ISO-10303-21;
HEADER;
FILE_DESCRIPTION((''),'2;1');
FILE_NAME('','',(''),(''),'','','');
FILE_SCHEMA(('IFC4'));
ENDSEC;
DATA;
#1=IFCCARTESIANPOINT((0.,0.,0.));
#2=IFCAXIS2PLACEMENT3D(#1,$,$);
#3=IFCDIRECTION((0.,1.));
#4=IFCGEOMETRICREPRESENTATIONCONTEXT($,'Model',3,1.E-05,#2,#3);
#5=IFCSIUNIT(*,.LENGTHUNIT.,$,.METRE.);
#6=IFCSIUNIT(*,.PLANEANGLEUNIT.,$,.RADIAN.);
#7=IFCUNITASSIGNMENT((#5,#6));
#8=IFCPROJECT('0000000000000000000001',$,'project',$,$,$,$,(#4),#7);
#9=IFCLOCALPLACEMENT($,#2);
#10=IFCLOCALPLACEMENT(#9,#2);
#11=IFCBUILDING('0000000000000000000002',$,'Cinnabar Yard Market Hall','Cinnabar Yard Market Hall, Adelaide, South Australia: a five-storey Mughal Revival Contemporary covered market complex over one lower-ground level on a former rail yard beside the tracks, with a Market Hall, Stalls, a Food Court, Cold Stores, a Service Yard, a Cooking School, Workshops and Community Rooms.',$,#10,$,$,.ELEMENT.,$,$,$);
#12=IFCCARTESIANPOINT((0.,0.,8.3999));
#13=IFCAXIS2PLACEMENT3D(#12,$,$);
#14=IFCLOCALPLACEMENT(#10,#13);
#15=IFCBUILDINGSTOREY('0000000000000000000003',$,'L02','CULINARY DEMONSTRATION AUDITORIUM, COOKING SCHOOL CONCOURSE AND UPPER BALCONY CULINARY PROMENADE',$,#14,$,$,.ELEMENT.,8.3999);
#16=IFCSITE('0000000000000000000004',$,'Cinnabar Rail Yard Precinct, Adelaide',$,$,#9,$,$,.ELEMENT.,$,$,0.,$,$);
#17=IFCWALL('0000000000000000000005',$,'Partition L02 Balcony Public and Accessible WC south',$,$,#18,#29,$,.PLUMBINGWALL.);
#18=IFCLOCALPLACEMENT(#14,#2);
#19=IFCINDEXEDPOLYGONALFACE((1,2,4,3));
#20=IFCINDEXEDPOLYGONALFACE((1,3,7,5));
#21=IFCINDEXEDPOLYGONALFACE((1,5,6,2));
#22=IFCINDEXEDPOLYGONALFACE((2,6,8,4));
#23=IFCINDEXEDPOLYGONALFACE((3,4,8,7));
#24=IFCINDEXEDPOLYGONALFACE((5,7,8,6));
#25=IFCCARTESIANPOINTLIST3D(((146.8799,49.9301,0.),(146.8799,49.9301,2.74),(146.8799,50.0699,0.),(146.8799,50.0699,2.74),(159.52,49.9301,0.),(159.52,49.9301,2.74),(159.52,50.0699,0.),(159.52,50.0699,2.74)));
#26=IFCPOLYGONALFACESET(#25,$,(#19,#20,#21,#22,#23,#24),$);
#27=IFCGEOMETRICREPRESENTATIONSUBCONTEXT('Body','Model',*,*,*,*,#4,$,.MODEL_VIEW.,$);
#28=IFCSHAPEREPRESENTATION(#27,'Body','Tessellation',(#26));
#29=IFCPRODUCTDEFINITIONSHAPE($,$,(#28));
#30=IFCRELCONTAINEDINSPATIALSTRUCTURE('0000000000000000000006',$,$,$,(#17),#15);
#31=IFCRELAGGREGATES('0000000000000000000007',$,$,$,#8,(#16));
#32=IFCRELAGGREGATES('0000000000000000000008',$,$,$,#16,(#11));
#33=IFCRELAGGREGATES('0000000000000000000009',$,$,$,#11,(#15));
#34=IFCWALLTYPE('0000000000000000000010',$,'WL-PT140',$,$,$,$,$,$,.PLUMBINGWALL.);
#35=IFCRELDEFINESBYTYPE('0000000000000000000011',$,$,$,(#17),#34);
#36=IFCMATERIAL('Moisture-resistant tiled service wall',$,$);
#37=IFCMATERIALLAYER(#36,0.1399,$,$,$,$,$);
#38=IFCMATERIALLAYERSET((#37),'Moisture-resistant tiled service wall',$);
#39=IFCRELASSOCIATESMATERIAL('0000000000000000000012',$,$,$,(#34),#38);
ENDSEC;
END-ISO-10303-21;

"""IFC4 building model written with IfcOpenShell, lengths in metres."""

from ifc_helpers import new_model, si_unit, direction, frame, frame_2d, origin, place, context, subcontext, project, spatial, rectangle, extrude, material, layer, layer_set, type_object, element, save


model = new_model("IFC4")

# Units and contexts
model_context = context("Model", 3, precision=1e-05, world=origin(), true_north=direction((0.0, 1.0)))
body_context = subcontext(model_context, "Body", "Model", "MODEL_VIEW")
ifc_project = project(units=[si_unit("LENGTHUNIT", "METRE"), si_unit("PLANEANGLEUNIT", "RADIAN")], contexts=[model_context])

# Site, building, storey
site_placement = place(None, origin())
site = spatial("IfcSite", under=ifc_project, at=site_placement, Name="Cinnabar Rail Yard Precinct, Adelaide", CompositionType="ELEMENT", RefElevation=0.0)
building_placement = place(site_placement, origin())
building = spatial("IfcBuilding", under=site, at=building_placement, Name="Cinnabar Yard Market Hall", Description="Cinnabar Yard Market Hall, Adelaide, South Australia: a five-storey Mughal Revival Contemporary covered market complex over one lower-ground level on a former rail yard beside the tracks, with a Market Hall, Stalls, a Food Court, Cold Stores, a Service Yard, a Cooking School, Workshops and Community Rooms.", CompositionType="ELEMENT")
storey_placement = place(building_placement, frame((0.0, 0.0, 8.3999)))
storey = spatial("IfcBuildingStorey", under=building, at=storey_placement, Name="L02", Description="CULINARY DEMONSTRATION AUDITORIUM, COOKING SCHOOL CONCOURSE AND UPPER BALCONY CULINARY PROMENADE", CompositionType="ELEMENT", Elevation=8.3999)

# Wall
ifc_material_1 = material(Name="Moisture-resistant tiled service wall")
ifc_layer_1 = layer(ifc_material_1, 0.1399)
ifc_layer_set_1 = layer_set([ifc_layer_1], Name="Moisture-resistant tiled service wall")
wall_type_1 = type_object("IfcWallType", Name="WL-PT140", PredefinedType="PLUMBINGWALL", material=ifc_layer_set_1)
wall_1_placement = place(storey_placement, frame((146.8799, 50.0, 0.0), z_axis=(0.0, 0.0, 1.0), x_axis=(1.0, 0.0, 0.0)))
element("IfcWall", 1, at=wall_1_placement, inside=storey, type_object=wall_type_1, Name="Partition L02 Balcony Public and Accessible WC south", PredefinedType="PLUMBINGWALL", context=body_context, shape_type="SweptSolid", body=[
    extrude(rectangle(XDim=12.6401, YDim=0.1399, at=frame_2d((6.3201, 0.0), x_axis=(1.0, 0.0))), origin(), (0.0, 0.0, 1.0), 2.74),
])

save(model, "model.ifc")
